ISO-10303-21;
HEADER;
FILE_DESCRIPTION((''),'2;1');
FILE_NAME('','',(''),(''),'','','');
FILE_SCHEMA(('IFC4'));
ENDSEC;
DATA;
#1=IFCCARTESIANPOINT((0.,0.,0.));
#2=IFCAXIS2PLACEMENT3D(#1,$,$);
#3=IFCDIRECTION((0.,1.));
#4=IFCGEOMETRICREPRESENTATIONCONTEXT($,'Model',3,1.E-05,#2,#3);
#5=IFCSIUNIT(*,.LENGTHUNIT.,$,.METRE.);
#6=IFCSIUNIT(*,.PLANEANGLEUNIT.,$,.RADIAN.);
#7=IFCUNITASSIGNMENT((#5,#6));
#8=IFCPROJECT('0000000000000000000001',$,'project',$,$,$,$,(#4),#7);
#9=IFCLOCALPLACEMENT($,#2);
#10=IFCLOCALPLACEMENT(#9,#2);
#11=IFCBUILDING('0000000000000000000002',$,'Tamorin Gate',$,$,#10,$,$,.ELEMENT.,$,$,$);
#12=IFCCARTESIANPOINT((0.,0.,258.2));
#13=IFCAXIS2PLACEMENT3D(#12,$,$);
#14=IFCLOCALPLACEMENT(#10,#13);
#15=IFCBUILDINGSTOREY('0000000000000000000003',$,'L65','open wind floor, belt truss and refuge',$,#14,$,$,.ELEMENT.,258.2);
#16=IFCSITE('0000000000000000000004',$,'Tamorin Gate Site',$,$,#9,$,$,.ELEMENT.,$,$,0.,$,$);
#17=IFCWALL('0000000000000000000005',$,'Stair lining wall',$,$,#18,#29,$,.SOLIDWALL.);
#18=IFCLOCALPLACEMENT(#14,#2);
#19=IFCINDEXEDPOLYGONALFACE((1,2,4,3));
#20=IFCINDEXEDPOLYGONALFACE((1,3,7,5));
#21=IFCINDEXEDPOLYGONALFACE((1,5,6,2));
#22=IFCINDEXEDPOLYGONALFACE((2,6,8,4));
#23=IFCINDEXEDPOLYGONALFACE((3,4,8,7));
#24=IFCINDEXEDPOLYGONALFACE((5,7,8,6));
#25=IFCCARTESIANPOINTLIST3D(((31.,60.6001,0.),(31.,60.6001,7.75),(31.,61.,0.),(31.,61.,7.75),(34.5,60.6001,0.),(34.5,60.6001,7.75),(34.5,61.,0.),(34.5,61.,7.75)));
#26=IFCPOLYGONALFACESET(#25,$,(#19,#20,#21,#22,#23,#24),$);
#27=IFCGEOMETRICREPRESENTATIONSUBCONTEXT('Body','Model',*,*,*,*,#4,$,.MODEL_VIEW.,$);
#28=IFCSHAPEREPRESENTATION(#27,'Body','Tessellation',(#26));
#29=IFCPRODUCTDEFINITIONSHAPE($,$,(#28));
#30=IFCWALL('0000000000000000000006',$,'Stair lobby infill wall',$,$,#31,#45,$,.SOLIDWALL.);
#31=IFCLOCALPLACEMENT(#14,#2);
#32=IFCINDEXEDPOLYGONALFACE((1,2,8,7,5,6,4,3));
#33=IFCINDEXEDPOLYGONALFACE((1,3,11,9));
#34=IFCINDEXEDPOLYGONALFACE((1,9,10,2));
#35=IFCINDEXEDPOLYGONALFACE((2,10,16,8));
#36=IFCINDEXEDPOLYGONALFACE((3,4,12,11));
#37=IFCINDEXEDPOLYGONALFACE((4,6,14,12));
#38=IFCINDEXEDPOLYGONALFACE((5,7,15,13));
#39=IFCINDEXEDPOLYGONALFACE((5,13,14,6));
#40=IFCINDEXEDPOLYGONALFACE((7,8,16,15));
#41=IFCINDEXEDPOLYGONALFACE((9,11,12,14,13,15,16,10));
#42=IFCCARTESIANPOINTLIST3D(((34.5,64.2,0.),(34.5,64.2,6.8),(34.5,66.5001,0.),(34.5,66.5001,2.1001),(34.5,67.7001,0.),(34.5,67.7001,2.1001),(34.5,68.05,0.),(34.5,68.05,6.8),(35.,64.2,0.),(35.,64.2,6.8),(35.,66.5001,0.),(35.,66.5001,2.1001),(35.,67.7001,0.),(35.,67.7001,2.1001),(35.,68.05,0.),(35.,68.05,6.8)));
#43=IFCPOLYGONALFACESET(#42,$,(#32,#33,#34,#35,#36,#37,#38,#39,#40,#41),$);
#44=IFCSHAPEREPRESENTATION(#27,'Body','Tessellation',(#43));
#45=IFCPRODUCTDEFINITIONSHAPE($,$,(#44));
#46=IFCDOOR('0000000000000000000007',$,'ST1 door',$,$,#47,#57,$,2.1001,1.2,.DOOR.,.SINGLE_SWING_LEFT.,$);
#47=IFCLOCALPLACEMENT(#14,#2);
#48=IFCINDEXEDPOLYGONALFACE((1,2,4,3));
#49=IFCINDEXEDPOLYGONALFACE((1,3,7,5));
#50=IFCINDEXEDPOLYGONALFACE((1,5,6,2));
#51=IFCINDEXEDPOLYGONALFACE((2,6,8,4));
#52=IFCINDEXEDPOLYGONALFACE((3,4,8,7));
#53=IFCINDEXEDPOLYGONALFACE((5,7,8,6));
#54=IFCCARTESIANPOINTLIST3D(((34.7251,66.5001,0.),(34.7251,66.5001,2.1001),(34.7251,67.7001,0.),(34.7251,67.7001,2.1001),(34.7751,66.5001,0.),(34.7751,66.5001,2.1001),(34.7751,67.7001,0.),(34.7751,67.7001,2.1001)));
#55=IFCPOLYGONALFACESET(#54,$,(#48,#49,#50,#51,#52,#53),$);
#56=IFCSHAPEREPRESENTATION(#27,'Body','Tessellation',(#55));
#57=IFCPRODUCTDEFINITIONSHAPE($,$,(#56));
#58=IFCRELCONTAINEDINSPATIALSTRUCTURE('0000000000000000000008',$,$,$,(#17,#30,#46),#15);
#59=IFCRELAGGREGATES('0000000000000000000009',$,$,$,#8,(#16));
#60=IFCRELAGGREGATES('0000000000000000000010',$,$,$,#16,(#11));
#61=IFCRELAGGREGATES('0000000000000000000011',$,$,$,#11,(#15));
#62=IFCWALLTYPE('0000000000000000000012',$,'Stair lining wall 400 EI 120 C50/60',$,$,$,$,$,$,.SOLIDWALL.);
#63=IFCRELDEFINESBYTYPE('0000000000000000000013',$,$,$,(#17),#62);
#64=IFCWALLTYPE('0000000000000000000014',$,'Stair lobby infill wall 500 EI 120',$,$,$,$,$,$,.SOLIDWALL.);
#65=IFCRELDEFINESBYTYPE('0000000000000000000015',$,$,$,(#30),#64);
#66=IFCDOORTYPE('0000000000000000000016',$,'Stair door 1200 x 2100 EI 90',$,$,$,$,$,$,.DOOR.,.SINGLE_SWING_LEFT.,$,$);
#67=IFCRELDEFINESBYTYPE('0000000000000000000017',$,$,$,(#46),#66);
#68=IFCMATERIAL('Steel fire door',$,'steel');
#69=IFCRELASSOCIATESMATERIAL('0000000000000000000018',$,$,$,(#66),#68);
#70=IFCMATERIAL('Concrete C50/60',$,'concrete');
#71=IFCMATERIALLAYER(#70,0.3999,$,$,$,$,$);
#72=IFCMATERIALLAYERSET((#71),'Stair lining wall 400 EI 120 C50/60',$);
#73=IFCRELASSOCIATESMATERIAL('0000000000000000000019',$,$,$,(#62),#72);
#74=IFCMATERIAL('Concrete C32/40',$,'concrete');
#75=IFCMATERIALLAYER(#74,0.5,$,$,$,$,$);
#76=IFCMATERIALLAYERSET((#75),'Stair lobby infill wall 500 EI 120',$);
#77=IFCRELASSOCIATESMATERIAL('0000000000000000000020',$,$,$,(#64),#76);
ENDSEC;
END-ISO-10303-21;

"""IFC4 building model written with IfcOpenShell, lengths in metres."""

from ifc_helpers import new_model, si_unit, direction, frame, frame_2d, origin, place, context, subcontext, project, spatial, rectangle, extrude, material, layer, layer_set, type_object, element, fill, save


model = new_model("IFC4")

# Units and contexts
model_context = context("Model", 3, precision=1e-05, world=origin(), true_north=direction((0.0, 1.0)))
body_context = subcontext(model_context, "Body", "Model", "MODEL_VIEW")
ifc_project = project(units=[si_unit("LENGTHUNIT", "METRE"), si_unit("PLANEANGLEUNIT", "RADIAN")], contexts=[model_context])

# Site, building, storey
site_placement = place(None, origin())
site = spatial("IfcSite", under=ifc_project, at=site_placement, Name="Tamorin Gate Site", CompositionType="ELEMENT", RefElevation=0.0)
building_placement = place(site_placement, origin())
building = spatial("IfcBuilding", under=site, at=building_placement, Name="Tamorin Gate", CompositionType="ELEMENT")
storey_placement = place(building_placement, frame((0.0, 0.0, 258.2)))
storey = spatial("IfcBuildingStorey", under=building, at=storey_placement, Name="L65", Description="open wind floor, belt truss and refuge", CompositionType="ELEMENT", Elevation=258.2)

# Shared definitions
ifc_material_1 = material(Name="Concrete C50/60", Category="concrete")

# Shared definitions
ifc_material_2 = material(Name="Steel fire door", Category="steel")
door_type_1 = type_object("IfcDoorType", Name="Stair door 1200 x 2100 EI 90", OperationType="SINGLE_SWING_LEFT", PredefinedType="DOOR", material=ifc_material_2)

# Wall
ifc_layer_1 = layer(ifc_material_1, 0.3999)
ifc_layer_set_1 = layer_set([ifc_layer_1], Name="Stair lining wall 400 EI 120 C50/60")
wall_type_1 = type_object("IfcWallType", Name="Stair lining wall 400 EI 120 C50/60", PredefinedType="SOLIDWALL", material=ifc_layer_set_1)
wall_1_placement = place(storey_placement, frame((31.0, 60.8, 0.0), z_axis=(0.0, 0.0, 1.0), x_axis=(1.0, 0.0, 0.0)))
element("IfcWall", 1, at=wall_1_placement, inside=storey, type_object=wall_type_1, Name="Stair lining wall", PredefinedType="SOLIDWALL", context=body_context, shape_type="SweptSolid", body=[
    extrude(rectangle(XDim=3.5, YDim=0.3999, at=frame_2d((1.75, 0.0))), origin(), (0.0, 0.0, 1.0), 7.75),
])

# Wall, opening, door
ifc_material_3 = material(Name="Concrete C32/40", Category="concrete")
ifc_layer_2 = layer(ifc_material_3, 0.5)
ifc_layer_set_2 = layer_set([ifc_layer_2], Name="Stair lobby infill wall 500 EI 120")
wall_type_2 = type_object("IfcWallType", Name="Stair lobby infill wall 500 EI 120", PredefinedType="SOLIDWALL", material=ifc_layer_set_2)
wall_2_placement = place(storey_placement, frame((34.75, 64.2, 0.0), z_axis=(0.0, 0.0, 1.0), x_axis=(0.0, 1.0, 0.0)))
wall_2 = element("IfcWall", 2, at=wall_2_placement, inside=storey, type_object=wall_type_2, Name="Stair lobby infill wall", PredefinedType="SOLIDWALL", context=body_context, shape_type="SweptSolid", body=[
    extrude(rectangle(XDim=3.8501, YDim=0.5, at=frame_2d((1.925, 0.0))), origin(), (0.0, 0.0, 1.0), 6.8),
])
opening_1_placement = place(wall_2_placement, frame((2.3, 0.0, 0.0)))
opening_1 = element("IfcOpeningElement", 3, at=opening_1_placement, cuts=wall_2, PredefinedType="OPENING", context=body_context, shape_type="SweptSolid", body=[
    extrude(rectangle(XDim=1.2, YDim=2.1001, at=frame_2d((0.6001, 1.05))), frame((0.0, 0.26, 0.0), z_axis=(0.0, -1.0, 0.0), x_axis=(1.0, 0.0, 0.0)), (0.0, 0.0, 1.0), 0.52),
])
door_1_placement = place(opening_1_placement, origin())
door_1 = element("IfcDoor", 4, at=door_1_placement, inside=storey, type_object=door_type_1, Name="ST1 door", OperationType="SINGLE_SWING_LEFT", OverallHeight=2.1001, OverallWidth=1.2, PredefinedType="DOOR", context=body_context, shape_type="SweptSolid", body=[
    extrude(rectangle(XDim=1.2, YDim=2.1001, at=frame_2d((0.6001, 1.05))), frame((0.0, 0.0249, 0.0), z_axis=(0.0, -1.0, 0.0), x_axis=(1.0, 0.0, 0.0)), (0.0, 0.0, 1.0), 0.05),
])
fill(opening_1, door_1)

save(model, "model.ifc")
